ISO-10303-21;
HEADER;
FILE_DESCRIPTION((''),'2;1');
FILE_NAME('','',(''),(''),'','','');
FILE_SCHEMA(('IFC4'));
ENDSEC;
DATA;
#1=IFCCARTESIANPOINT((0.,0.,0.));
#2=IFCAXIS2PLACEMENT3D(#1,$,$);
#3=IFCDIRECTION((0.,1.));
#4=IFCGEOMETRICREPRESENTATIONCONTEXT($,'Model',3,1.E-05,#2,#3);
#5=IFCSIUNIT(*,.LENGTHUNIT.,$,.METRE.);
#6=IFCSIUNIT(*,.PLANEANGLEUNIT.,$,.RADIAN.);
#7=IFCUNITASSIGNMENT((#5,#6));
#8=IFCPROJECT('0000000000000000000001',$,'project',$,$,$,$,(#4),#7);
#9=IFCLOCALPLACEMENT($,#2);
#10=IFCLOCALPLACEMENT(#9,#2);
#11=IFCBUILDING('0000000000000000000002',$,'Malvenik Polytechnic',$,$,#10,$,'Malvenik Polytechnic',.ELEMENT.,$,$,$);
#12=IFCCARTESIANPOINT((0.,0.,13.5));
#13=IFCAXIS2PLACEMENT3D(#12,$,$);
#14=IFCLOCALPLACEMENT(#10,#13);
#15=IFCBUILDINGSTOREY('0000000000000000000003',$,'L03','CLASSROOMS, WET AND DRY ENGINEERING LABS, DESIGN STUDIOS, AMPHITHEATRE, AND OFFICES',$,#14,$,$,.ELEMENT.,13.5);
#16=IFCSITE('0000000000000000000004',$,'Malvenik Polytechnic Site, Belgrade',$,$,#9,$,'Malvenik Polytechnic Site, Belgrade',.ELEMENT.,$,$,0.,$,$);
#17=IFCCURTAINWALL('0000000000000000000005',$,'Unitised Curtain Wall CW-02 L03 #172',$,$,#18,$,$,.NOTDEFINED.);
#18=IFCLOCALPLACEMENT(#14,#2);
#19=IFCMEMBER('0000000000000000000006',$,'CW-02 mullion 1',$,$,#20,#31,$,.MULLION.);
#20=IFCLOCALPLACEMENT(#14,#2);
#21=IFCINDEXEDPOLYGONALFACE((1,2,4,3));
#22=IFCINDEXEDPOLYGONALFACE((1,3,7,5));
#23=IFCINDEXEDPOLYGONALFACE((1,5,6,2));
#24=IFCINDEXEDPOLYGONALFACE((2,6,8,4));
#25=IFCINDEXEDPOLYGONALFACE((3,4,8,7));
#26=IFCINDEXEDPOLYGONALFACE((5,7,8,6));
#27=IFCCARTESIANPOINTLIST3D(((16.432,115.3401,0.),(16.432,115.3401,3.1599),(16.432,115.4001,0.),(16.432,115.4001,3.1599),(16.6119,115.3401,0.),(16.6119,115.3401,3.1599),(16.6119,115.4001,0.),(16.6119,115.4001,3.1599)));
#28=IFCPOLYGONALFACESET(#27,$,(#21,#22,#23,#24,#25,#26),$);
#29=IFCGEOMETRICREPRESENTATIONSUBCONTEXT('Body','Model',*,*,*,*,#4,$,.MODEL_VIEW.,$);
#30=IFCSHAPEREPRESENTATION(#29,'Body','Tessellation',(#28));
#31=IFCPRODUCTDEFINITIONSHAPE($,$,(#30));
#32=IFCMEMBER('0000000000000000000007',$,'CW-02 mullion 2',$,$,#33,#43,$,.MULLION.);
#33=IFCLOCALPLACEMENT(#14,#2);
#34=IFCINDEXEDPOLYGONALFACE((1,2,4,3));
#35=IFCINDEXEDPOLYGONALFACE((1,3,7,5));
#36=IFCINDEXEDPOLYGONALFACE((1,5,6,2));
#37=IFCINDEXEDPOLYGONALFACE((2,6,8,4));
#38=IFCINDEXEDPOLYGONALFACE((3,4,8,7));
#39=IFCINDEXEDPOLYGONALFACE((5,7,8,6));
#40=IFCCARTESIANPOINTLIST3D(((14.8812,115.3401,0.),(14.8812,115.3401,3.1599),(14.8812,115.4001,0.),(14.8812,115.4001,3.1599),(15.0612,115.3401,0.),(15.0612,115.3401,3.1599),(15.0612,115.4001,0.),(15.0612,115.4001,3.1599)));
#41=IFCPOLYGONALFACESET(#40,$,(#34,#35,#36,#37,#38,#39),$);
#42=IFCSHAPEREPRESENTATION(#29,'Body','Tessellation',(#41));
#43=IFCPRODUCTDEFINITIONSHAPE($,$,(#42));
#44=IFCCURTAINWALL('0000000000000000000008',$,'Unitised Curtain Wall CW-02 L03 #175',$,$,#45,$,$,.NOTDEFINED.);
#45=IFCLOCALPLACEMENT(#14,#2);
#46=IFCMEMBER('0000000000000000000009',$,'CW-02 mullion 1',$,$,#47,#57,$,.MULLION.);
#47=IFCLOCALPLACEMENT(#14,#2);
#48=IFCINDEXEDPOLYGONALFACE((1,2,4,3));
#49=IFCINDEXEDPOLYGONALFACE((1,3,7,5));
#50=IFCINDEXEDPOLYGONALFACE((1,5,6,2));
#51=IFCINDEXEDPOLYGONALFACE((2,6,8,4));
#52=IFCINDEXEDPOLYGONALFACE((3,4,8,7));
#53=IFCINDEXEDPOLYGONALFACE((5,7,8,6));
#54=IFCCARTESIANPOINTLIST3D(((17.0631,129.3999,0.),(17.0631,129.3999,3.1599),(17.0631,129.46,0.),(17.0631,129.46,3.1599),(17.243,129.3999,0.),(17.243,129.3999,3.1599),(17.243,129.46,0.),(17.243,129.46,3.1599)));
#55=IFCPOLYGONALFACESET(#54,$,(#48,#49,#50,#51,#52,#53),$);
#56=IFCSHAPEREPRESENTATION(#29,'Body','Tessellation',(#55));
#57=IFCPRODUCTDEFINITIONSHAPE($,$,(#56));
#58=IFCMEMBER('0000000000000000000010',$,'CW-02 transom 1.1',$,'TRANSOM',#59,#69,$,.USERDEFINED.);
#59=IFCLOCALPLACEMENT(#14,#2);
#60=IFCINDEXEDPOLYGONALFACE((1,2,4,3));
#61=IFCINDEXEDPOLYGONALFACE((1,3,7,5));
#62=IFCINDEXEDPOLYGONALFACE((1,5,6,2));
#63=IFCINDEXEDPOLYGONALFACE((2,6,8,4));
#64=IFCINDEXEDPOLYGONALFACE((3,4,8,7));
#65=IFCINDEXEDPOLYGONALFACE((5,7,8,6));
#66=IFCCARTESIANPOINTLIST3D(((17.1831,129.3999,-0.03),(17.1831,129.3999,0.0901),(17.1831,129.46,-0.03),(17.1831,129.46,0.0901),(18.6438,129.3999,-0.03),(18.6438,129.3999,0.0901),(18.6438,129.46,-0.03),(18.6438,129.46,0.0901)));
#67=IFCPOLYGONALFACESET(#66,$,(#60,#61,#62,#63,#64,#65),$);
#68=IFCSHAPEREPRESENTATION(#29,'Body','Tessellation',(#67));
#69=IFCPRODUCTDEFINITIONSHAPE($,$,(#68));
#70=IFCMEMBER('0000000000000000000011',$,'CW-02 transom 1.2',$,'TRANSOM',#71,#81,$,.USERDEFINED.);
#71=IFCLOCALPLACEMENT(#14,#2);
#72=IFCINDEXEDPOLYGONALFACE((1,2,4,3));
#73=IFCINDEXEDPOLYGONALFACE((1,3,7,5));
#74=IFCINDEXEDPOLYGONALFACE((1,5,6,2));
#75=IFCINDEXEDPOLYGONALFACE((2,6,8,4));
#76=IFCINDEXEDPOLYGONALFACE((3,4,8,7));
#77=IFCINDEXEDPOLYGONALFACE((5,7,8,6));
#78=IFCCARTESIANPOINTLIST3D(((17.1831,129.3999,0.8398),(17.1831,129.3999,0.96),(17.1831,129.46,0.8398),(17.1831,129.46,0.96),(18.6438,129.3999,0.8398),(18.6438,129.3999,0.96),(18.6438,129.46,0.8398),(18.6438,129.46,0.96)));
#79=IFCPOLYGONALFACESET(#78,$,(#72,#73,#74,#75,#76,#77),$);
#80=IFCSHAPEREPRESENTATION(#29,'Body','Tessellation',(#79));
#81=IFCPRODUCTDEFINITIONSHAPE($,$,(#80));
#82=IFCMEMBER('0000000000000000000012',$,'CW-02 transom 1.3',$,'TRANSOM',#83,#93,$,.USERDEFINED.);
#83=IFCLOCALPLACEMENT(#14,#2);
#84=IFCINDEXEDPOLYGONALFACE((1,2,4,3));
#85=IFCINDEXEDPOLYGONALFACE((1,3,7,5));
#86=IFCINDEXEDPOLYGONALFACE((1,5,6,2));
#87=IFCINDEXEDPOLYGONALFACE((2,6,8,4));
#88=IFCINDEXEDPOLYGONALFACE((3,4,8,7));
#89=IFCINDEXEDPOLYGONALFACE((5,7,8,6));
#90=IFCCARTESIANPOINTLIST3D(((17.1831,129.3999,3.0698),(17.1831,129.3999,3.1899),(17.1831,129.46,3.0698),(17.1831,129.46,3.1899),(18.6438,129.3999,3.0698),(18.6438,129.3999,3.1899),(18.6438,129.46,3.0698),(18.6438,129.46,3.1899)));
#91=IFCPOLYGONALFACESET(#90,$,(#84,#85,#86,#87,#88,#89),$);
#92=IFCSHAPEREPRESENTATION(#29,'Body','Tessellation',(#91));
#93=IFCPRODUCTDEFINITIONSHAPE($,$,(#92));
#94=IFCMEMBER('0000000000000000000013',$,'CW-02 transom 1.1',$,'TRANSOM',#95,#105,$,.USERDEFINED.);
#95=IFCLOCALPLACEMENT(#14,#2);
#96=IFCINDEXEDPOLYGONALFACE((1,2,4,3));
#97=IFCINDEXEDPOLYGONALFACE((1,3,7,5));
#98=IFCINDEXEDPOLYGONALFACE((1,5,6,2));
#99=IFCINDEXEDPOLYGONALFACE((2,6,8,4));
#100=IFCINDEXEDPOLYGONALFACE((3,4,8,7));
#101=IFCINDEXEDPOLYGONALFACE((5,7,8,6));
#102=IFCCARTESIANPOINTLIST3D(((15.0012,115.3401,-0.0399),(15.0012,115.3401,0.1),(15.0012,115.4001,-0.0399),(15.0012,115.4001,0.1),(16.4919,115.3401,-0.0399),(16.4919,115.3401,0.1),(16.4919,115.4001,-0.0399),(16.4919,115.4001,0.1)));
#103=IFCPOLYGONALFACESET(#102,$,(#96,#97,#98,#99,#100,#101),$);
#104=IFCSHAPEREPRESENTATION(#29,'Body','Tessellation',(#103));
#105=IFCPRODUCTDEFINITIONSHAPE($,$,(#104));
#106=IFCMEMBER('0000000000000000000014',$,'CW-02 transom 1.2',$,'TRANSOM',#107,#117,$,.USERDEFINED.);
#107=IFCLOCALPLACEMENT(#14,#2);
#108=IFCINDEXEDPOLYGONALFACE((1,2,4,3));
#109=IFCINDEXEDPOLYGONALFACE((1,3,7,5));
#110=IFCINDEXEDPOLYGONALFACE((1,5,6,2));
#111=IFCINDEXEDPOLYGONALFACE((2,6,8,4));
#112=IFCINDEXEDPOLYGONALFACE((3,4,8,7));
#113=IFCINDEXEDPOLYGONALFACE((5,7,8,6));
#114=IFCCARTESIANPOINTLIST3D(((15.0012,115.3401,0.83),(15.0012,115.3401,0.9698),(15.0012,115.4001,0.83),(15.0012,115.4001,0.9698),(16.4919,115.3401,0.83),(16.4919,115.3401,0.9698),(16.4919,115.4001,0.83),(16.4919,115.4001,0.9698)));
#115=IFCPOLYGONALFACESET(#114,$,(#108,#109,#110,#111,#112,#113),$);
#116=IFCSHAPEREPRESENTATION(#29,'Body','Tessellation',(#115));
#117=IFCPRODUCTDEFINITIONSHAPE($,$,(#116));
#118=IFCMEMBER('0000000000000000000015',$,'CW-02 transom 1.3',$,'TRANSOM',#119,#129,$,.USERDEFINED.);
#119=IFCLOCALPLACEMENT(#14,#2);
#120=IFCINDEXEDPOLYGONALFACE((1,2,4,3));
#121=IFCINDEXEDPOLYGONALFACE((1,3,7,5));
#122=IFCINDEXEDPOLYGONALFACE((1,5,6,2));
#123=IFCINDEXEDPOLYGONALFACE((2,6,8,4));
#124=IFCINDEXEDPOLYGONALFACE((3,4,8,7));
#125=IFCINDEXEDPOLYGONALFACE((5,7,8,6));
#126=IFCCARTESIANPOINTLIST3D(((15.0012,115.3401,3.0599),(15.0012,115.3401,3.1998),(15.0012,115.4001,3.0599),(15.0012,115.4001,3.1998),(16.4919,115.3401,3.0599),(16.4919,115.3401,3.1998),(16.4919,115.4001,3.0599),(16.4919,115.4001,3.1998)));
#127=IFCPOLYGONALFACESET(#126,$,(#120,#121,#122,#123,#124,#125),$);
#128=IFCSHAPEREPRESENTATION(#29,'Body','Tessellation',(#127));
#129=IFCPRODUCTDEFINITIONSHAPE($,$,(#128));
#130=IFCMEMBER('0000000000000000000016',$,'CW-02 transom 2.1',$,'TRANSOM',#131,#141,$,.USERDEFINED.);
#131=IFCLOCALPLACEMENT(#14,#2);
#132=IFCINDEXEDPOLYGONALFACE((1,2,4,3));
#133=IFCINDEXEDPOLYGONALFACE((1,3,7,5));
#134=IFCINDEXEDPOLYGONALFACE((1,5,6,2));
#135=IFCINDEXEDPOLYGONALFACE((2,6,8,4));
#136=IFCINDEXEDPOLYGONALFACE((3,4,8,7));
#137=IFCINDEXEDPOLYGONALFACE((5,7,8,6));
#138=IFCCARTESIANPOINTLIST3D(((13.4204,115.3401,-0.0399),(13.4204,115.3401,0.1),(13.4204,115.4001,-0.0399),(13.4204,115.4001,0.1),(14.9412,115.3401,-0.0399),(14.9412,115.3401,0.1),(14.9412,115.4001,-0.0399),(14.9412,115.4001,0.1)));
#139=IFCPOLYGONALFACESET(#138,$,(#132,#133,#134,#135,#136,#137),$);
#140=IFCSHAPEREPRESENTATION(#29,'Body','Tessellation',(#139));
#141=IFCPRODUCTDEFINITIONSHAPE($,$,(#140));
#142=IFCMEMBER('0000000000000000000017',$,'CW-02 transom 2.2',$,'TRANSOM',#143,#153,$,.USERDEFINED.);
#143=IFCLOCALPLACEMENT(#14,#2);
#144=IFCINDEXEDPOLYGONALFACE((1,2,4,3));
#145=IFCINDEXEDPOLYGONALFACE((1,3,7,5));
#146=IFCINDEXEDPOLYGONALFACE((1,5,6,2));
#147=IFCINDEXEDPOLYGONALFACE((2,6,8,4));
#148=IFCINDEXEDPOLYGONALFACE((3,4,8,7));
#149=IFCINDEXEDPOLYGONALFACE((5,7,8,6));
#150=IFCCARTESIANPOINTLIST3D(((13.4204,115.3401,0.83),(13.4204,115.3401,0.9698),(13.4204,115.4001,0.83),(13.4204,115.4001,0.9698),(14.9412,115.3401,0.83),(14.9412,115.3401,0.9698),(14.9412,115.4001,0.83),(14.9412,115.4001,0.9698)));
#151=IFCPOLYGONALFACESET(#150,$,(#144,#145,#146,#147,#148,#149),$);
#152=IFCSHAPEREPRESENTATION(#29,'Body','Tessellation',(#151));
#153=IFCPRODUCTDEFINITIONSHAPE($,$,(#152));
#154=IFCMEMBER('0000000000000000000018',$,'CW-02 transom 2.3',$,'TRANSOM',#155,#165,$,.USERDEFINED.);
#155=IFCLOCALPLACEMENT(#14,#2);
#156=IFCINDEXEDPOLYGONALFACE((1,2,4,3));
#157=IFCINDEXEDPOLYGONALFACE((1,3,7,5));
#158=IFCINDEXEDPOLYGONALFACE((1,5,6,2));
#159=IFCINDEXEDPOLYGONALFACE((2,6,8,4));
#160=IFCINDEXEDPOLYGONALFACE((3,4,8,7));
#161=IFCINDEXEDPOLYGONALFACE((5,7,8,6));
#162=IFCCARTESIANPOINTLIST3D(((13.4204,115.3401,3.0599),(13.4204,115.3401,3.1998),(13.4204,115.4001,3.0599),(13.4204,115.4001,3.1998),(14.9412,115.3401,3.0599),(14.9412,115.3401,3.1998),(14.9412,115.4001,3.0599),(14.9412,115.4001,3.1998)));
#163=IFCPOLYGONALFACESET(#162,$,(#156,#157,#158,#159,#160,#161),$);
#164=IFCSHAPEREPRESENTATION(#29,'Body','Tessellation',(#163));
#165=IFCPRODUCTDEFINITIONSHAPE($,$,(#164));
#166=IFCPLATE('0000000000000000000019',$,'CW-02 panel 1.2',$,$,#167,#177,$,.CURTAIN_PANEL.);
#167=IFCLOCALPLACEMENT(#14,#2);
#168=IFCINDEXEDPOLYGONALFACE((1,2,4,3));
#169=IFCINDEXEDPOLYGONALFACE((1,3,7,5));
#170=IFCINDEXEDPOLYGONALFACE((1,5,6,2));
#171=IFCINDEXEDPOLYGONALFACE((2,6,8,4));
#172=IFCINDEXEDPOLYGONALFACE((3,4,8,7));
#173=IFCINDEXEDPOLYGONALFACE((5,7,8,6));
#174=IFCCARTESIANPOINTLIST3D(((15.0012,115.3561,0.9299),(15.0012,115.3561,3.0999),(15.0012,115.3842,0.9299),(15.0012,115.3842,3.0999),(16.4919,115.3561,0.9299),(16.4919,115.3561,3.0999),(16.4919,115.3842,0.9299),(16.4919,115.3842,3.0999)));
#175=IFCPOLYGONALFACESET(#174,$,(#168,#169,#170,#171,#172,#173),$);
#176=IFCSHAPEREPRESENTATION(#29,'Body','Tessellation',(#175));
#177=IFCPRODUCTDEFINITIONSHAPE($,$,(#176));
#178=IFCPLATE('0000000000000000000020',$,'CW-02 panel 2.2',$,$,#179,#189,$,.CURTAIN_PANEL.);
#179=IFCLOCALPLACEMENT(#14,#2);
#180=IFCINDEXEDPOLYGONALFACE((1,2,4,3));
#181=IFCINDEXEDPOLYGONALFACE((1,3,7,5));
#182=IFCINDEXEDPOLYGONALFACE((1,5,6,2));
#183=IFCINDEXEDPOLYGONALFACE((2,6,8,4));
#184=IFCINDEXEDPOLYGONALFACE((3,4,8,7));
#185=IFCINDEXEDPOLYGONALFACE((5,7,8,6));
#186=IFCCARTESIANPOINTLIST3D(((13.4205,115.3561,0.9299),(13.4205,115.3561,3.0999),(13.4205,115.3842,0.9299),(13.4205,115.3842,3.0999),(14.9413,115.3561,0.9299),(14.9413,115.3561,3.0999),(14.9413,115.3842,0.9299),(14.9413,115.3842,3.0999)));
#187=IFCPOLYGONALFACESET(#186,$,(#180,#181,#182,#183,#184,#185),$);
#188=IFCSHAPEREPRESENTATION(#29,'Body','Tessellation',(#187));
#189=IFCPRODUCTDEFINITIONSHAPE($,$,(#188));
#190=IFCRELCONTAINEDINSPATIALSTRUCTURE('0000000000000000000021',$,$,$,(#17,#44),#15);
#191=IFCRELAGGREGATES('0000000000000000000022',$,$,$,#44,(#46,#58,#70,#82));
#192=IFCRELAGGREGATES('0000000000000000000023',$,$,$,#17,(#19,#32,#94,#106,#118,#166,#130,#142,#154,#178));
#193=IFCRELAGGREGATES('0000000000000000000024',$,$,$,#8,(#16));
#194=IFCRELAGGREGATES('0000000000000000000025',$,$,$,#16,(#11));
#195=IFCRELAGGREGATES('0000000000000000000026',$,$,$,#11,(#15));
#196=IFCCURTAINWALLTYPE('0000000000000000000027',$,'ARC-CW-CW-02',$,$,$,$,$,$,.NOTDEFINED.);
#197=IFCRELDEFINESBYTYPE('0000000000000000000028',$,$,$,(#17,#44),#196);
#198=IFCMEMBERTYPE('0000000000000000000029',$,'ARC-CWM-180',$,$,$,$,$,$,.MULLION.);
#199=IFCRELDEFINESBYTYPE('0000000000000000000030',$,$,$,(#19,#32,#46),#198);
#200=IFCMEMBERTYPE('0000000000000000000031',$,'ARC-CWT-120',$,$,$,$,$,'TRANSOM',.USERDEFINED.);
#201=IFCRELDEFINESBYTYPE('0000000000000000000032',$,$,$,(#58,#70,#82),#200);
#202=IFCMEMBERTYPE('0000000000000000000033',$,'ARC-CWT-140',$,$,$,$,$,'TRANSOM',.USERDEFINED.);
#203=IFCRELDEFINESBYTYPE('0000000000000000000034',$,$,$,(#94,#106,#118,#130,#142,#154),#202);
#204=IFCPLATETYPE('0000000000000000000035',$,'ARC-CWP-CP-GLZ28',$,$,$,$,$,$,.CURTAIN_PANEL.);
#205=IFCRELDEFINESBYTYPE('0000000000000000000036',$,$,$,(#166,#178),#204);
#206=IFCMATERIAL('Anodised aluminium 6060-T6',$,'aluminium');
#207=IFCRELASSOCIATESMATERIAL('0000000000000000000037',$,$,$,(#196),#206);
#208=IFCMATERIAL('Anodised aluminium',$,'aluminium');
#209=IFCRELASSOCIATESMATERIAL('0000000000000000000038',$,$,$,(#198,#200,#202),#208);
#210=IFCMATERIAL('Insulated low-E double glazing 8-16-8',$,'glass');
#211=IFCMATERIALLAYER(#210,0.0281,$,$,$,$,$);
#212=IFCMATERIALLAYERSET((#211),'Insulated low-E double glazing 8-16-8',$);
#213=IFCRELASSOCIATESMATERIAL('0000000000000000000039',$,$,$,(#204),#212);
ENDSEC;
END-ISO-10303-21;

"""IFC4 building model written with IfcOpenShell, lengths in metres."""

from ifc_helpers import new_model, si_unit, direction, frame, origin, origin_2d, place, context, subcontext, project, spatial, rectangle, extrude, material, layer, layer_set, material_profile, profile_set, type_object, element, aggregate, save


model = new_model("IFC4")

# Units and contexts
model_context = context("Model", 3, precision=1e-05, world=origin(), true_north=direction((0.0, 1.0)))
body_context = subcontext(model_context, "Body", "Model", "MODEL_VIEW")
ifc_project = project(units=[si_unit("LENGTHUNIT", "METRE"), si_unit("PLANEANGLEUNIT", "RADIAN")], contexts=[model_context])

# Site, building, storey
site_placement = place(None, origin())
site = spatial("IfcSite", under=ifc_project, at=site_placement, Name="Malvenik Polytechnic Site, Belgrade", LongName="Malvenik Polytechnic Site, Belgrade", CompositionType="ELEMENT", RefElevation=0.0)
building_placement = place(site_placement, origin())
building = spatial("IfcBuilding", under=site, at=building_placement, Name="Malvenik Polytechnic", LongName="Malvenik Polytechnic", CompositionType="ELEMENT")
storey_placement = place(building_placement, frame((0.0, 0.0, 13.5)))
storey = spatial("IfcBuildingStorey", under=building, at=storey_placement, Name="L03", Description="CLASSROOMS, WET AND DRY ENGINEERING LABS, DESIGN STUDIOS, AMPHITHEATRE, AND OFFICES", CompositionType="ELEMENT", Elevation=13.5)

# Curtain walls, members
ifc_material_1 = material(Name="Anodised aluminium 6060-T6", Category="aluminium")
curtain_wall_type = type_object("IfcCurtainWallType", Name="ARC-CW-CW-02", PredefinedType="NOTDEFINED", material=ifc_material_1)
curtain_wall_1_placement = place(storey_placement, origin())
curtain_wall_1 = element("IfcCurtainWall", 1, at=curtain_wall_1_placement, inside=storey, type_object=curtain_wall_type, Name="Unitised Curtain Wall CW-02 L03 #172", PredefinedType="NOTDEFINED")
ifc_material_2 = material(Name="Anodised aluminium", Category="aluminium")
ifc_material_profile_1 = material_profile(ifc_material_2, rectangle(XDim=0.0601, YDim=0.1799, at=origin_2d()), Name="ALU MULLION 60x180")
ifc_profile_set_1 = profile_set([ifc_material_profile_1], Name="Anodised aluminium")
member_type_1 = type_object("IfcMemberType", Name="ARC-CWM-180", PredefinedType="MULLION", material=ifc_profile_set_1)
member_1_placement = place(storey_placement, frame((16.522, 115.3701, 0.0), z_axis=(0.0, 0.0, 1.0), x_axis=(0.0, -1.0, 0.0)))
member_1 = element("IfcMember", 2, at=member_1_placement, type_object=member_type_1, Name="CW-02 mullion 1", PredefinedType="MULLION", context=body_context, shape_type="SweptSolid", body=[
    extrude(rectangle(XDim=0.0601, YDim=0.1799, at=origin_2d()), origin(), (0.0, 0.0, 1.0), 3.1599),
])
member_2_placement = place(storey_placement, frame((14.9712, 115.3701, 0.0), z_axis=(0.0, 0.0, 1.0), x_axis=(0.0, -1.0, 0.0)))
member_2 = element("IfcMember", 3, at=member_2_placement, type_object=member_type_1, Name="CW-02 mullion 2", PredefinedType="MULLION", context=body_context, shape_type="SweptSolid", body=[
    extrude(rectangle(XDim=0.0601, YDim=0.1799, at=origin_2d()), origin(), (0.0, 0.0, 1.0), 3.1599),
])
curtain_wall_2_placement = place(storey_placement, origin())
curtain_wall_2 = element("IfcCurtainWall", 4, at=curtain_wall_2_placement, inside=storey, type_object=curtain_wall_type, Name="Unitised Curtain Wall CW-02 L03 #175", PredefinedType="NOTDEFINED")
member_3_placement = place(storey_placement, frame((17.1531, 129.4299, 0.0), z_axis=(0.0, 0.0, 1.0), x_axis=(0.0, 1.0, 0.0)))
member_3 = element("IfcMember", 5, at=member_3_placement, type_object=member_type_1, Name="CW-02 mullion 1", PredefinedType="MULLION", context=body_context, shape_type="SweptSolid", body=[
    extrude(rectangle(XDim=0.0601, YDim=0.1799, at=origin_2d()), origin(), (0.0, 0.0, 1.0), 3.1599),
])
ifc_material_profile_2 = material_profile(ifc_material_2, rectangle(XDim=0.0601, YDim=0.1201, at=origin_2d()), Name="ALU TRANSOM 60x120")
ifc_profile_set_2 = profile_set([ifc_material_profile_2], Name="Anodised aluminium")
member_type_2 = type_object("IfcMemberType", Name="ARC-CWT-120", ElementType="TRANSOM", PredefinedType="USERDEFINED", material=ifc_profile_set_2)
member_4_placement = place(storey_placement, frame((17.1831, 129.4299, 0.03), z_axis=(1.0, 0.0, 0.0), x_axis=(0.0, 1.0, 0.0)))
member_4 = element("IfcMember", 6, at=member_4_placement, type_object=member_type_2, Name="CW-02 transom 1.1", ObjectType="TRANSOM", PredefinedType="USERDEFINED", context=body_context, shape_type="SweptSolid", body=[
    extrude(rectangle(XDim=0.0601, YDim=0.1201, at=origin_2d()), origin(), (0.0, 0.0, 1.0), 1.4607),
])
member_5_placement = place(storey_placement, frame((17.1831, 129.4299, 0.8999), z_axis=(1.0, 0.0, 0.0), x_axis=(0.0, 1.0, 0.0)))
member_5 = element("IfcMember", 7, at=member_5_placement, type_object=member_type_2, Name="CW-02 transom 1.2", ObjectType="TRANSOM", PredefinedType="USERDEFINED", context=body_context, shape_type="SweptSolid", body=[
    extrude(rectangle(XDim=0.0601, YDim=0.1201, at=origin_2d()), origin(), (0.0, 0.0, 1.0), 1.4607),
])
member_6_placement = place(storey_placement, frame((17.1831, 129.4299, 3.1299), z_axis=(1.0, 0.0, 0.0), x_axis=(0.0, 1.0, 0.0)))
member_6 = element("IfcMember", 8, at=member_6_placement, type_object=member_type_2, Name="CW-02 transom 1.3", ObjectType="TRANSOM", PredefinedType="USERDEFINED", context=body_context, shape_type="SweptSolid", body=[
    extrude(rectangle(XDim=0.0601, YDim=0.1201, at=origin_2d()), origin(), (0.0, 0.0, 1.0), 1.4607),
])
aggregate(curtain_wall_2, [member_3, member_4, member_5, member_6])

# Members
ifc_material_profile_3 = material_profile(ifc_material_2, rectangle(XDim=0.0601, YDim=0.1399, at=origin_2d()), Name="ALU TRANSOM 60x140")
ifc_profile_set_3 = profile_set([ifc_material_profile_3], Name="Anodised aluminium")
member_type_3 = type_object("IfcMemberType", Name="ARC-CWT-140", ElementType="TRANSOM", PredefinedType="USERDEFINED", material=ifc_profile_set_3)
member_7_placement = place(storey_placement, frame((16.4919, 115.3701, 0.03), z_axis=(-1.0, 0.0, 0.0), x_axis=(0.0, -1.0, 0.0)))
member_7 = element("IfcMember", 9, at=member_7_placement, type_object=member_type_3, Name="CW-02 transom 1.1", ObjectType="TRANSOM", PredefinedType="USERDEFINED", context=body_context, shape_type="SweptSolid", body=[
    extrude(rectangle(XDim=0.0601, YDim=0.1399, at=origin_2d()), origin(), (0.0, 0.0, 1.0), 1.4907),
])
member_8_placement = place(storey_placement, frame((16.4919, 115.3701, 0.8999), z_axis=(-1.0, 0.0, 0.0), x_axis=(0.0, -1.0, 0.0)))
member_8 = element("IfcMember", 10, at=member_8_placement, type_object=member_type_3, Name="CW-02 transom 1.2", ObjectType="TRANSOM", PredefinedType="USERDEFINED", context=body_context, shape_type="SweptSolid", body=[
    extrude(rectangle(XDim=0.0601, YDim=0.1399, at=origin_2d()), origin(), (0.0, 0.0, 1.0), 1.4907),
])
member_9_placement = place(storey_placement, frame((16.4919, 115.3701, 3.1299), z_axis=(-1.0, 0.0, 0.0), x_axis=(0.0, -1.0, 0.0)))
member_9 = element("IfcMember", 11, at=member_9_placement, type_object=member_type_3, Name="CW-02 transom 1.3", ObjectType="TRANSOM", PredefinedType="USERDEFINED", context=body_context, shape_type="SweptSolid", body=[
    extrude(rectangle(XDim=0.0601, YDim=0.1399, at=origin_2d()), origin(), (0.0, 0.0, 1.0), 1.4907),
])
member_10_placement = place(storey_placement, frame((14.9412, 115.3701, 0.03), z_axis=(-1.0, 0.0, 0.0), x_axis=(0.0, -1.0, 0.0)))
member_10 = element("IfcMember", 12, at=member_10_placement, type_object=member_type_3, Name="CW-02 transom 2.1", ObjectType="TRANSOM", PredefinedType="USERDEFINED", context=body_context, shape_type="SweptSolid", body=[
    extrude(rectangle(XDim=0.0601, YDim=0.1399, at=origin_2d()), origin(), (0.0, 0.0, 1.0), 1.5208),
])
member_11_placement = place(storey_placement, frame((14.9412, 115.3701, 0.8999), z_axis=(-1.0, 0.0, 0.0), x_axis=(0.0, -1.0, 0.0)))
member_11 = element("IfcMember", 13, at=member_11_placement, type_object=member_type_3, Name="CW-02 transom 2.2", ObjectType="TRANSOM", PredefinedType="USERDEFINED", context=body_context, shape_type="SweptSolid", body=[
    extrude(rectangle(XDim=0.0601, YDim=0.1399, at=origin_2d()), origin(), (0.0, 0.0, 1.0), 1.5208),
])
member_12_placement = place(storey_placement, frame((14.9412, 115.3701, 3.1299), z_axis=(-1.0, 0.0, 0.0), x_axis=(0.0, -1.0, 0.0)))
member_12 = element("IfcMember", 14, at=member_12_placement, type_object=member_type_3, Name="CW-02 transom 2.3", ObjectType="TRANSOM", PredefinedType="USERDEFINED", context=body_context, shape_type="SweptSolid", body=[
    extrude(rectangle(XDim=0.0601, YDim=0.1399, at=origin_2d()), origin(), (0.0, 0.0, 1.0), 1.5208),
])

# Plates
ifc_material_3 = material(Name="Insulated low-E double glazing 8-16-8", Category="glass")
ifc_layer_1 = layer(ifc_material_3, 0.0281)
ifc_layer_set_1 = layer_set([ifc_layer_1], Name="Insulated low-E double glazing 8-16-8")
plate_type_1 = type_object("IfcPlateType", Name="ARC-CWP-CP-GLZ28", PredefinedType="CURTAIN_PANEL", material=ifc_layer_set_1)
plate_1_placement = place(storey_placement, frame((15.7466, 115.3701, 0.9299), z_axis=(0.0, 0.0, 1.0), x_axis=(-1.0, 0.0, 0.0)))
plate_1 = element("IfcPlate", 15, at=plate_1_placement, type_object=plate_type_1, Name="CW-02 panel 1.2", PredefinedType="CURTAIN_PANEL", context=body_context, shape_type="SweptSolid", body=[
    extrude(rectangle(XDim=1.4907, YDim=0.0281, at=origin_2d()), origin(), (0.0, 0.0, 1.0), 2.1699),
])
plate_2_placement = place(storey_placement, frame((14.1809, 115.3701, 0.9299), z_axis=(0.0, 0.0, 1.0), x_axis=(-1.0, 0.0, 0.0)))
plate_2 = element("IfcPlate", 16, at=plate_2_placement, type_object=plate_type_1, Name="CW-02 panel 2.2", PredefinedType="CURTAIN_PANEL", context=body_context, shape_type="SweptSolid", body=[
    extrude(rectangle(XDim=1.5208, YDim=0.0281, at=origin_2d()), origin(), (0.0, 0.0, 1.0), 2.1699),
])
aggregate(curtain_wall_1, [member_1, member_2, member_7, member_8, member_9, plate_1, member_10, member_11, member_12, plate_2])

save(model, "model.ifc")
